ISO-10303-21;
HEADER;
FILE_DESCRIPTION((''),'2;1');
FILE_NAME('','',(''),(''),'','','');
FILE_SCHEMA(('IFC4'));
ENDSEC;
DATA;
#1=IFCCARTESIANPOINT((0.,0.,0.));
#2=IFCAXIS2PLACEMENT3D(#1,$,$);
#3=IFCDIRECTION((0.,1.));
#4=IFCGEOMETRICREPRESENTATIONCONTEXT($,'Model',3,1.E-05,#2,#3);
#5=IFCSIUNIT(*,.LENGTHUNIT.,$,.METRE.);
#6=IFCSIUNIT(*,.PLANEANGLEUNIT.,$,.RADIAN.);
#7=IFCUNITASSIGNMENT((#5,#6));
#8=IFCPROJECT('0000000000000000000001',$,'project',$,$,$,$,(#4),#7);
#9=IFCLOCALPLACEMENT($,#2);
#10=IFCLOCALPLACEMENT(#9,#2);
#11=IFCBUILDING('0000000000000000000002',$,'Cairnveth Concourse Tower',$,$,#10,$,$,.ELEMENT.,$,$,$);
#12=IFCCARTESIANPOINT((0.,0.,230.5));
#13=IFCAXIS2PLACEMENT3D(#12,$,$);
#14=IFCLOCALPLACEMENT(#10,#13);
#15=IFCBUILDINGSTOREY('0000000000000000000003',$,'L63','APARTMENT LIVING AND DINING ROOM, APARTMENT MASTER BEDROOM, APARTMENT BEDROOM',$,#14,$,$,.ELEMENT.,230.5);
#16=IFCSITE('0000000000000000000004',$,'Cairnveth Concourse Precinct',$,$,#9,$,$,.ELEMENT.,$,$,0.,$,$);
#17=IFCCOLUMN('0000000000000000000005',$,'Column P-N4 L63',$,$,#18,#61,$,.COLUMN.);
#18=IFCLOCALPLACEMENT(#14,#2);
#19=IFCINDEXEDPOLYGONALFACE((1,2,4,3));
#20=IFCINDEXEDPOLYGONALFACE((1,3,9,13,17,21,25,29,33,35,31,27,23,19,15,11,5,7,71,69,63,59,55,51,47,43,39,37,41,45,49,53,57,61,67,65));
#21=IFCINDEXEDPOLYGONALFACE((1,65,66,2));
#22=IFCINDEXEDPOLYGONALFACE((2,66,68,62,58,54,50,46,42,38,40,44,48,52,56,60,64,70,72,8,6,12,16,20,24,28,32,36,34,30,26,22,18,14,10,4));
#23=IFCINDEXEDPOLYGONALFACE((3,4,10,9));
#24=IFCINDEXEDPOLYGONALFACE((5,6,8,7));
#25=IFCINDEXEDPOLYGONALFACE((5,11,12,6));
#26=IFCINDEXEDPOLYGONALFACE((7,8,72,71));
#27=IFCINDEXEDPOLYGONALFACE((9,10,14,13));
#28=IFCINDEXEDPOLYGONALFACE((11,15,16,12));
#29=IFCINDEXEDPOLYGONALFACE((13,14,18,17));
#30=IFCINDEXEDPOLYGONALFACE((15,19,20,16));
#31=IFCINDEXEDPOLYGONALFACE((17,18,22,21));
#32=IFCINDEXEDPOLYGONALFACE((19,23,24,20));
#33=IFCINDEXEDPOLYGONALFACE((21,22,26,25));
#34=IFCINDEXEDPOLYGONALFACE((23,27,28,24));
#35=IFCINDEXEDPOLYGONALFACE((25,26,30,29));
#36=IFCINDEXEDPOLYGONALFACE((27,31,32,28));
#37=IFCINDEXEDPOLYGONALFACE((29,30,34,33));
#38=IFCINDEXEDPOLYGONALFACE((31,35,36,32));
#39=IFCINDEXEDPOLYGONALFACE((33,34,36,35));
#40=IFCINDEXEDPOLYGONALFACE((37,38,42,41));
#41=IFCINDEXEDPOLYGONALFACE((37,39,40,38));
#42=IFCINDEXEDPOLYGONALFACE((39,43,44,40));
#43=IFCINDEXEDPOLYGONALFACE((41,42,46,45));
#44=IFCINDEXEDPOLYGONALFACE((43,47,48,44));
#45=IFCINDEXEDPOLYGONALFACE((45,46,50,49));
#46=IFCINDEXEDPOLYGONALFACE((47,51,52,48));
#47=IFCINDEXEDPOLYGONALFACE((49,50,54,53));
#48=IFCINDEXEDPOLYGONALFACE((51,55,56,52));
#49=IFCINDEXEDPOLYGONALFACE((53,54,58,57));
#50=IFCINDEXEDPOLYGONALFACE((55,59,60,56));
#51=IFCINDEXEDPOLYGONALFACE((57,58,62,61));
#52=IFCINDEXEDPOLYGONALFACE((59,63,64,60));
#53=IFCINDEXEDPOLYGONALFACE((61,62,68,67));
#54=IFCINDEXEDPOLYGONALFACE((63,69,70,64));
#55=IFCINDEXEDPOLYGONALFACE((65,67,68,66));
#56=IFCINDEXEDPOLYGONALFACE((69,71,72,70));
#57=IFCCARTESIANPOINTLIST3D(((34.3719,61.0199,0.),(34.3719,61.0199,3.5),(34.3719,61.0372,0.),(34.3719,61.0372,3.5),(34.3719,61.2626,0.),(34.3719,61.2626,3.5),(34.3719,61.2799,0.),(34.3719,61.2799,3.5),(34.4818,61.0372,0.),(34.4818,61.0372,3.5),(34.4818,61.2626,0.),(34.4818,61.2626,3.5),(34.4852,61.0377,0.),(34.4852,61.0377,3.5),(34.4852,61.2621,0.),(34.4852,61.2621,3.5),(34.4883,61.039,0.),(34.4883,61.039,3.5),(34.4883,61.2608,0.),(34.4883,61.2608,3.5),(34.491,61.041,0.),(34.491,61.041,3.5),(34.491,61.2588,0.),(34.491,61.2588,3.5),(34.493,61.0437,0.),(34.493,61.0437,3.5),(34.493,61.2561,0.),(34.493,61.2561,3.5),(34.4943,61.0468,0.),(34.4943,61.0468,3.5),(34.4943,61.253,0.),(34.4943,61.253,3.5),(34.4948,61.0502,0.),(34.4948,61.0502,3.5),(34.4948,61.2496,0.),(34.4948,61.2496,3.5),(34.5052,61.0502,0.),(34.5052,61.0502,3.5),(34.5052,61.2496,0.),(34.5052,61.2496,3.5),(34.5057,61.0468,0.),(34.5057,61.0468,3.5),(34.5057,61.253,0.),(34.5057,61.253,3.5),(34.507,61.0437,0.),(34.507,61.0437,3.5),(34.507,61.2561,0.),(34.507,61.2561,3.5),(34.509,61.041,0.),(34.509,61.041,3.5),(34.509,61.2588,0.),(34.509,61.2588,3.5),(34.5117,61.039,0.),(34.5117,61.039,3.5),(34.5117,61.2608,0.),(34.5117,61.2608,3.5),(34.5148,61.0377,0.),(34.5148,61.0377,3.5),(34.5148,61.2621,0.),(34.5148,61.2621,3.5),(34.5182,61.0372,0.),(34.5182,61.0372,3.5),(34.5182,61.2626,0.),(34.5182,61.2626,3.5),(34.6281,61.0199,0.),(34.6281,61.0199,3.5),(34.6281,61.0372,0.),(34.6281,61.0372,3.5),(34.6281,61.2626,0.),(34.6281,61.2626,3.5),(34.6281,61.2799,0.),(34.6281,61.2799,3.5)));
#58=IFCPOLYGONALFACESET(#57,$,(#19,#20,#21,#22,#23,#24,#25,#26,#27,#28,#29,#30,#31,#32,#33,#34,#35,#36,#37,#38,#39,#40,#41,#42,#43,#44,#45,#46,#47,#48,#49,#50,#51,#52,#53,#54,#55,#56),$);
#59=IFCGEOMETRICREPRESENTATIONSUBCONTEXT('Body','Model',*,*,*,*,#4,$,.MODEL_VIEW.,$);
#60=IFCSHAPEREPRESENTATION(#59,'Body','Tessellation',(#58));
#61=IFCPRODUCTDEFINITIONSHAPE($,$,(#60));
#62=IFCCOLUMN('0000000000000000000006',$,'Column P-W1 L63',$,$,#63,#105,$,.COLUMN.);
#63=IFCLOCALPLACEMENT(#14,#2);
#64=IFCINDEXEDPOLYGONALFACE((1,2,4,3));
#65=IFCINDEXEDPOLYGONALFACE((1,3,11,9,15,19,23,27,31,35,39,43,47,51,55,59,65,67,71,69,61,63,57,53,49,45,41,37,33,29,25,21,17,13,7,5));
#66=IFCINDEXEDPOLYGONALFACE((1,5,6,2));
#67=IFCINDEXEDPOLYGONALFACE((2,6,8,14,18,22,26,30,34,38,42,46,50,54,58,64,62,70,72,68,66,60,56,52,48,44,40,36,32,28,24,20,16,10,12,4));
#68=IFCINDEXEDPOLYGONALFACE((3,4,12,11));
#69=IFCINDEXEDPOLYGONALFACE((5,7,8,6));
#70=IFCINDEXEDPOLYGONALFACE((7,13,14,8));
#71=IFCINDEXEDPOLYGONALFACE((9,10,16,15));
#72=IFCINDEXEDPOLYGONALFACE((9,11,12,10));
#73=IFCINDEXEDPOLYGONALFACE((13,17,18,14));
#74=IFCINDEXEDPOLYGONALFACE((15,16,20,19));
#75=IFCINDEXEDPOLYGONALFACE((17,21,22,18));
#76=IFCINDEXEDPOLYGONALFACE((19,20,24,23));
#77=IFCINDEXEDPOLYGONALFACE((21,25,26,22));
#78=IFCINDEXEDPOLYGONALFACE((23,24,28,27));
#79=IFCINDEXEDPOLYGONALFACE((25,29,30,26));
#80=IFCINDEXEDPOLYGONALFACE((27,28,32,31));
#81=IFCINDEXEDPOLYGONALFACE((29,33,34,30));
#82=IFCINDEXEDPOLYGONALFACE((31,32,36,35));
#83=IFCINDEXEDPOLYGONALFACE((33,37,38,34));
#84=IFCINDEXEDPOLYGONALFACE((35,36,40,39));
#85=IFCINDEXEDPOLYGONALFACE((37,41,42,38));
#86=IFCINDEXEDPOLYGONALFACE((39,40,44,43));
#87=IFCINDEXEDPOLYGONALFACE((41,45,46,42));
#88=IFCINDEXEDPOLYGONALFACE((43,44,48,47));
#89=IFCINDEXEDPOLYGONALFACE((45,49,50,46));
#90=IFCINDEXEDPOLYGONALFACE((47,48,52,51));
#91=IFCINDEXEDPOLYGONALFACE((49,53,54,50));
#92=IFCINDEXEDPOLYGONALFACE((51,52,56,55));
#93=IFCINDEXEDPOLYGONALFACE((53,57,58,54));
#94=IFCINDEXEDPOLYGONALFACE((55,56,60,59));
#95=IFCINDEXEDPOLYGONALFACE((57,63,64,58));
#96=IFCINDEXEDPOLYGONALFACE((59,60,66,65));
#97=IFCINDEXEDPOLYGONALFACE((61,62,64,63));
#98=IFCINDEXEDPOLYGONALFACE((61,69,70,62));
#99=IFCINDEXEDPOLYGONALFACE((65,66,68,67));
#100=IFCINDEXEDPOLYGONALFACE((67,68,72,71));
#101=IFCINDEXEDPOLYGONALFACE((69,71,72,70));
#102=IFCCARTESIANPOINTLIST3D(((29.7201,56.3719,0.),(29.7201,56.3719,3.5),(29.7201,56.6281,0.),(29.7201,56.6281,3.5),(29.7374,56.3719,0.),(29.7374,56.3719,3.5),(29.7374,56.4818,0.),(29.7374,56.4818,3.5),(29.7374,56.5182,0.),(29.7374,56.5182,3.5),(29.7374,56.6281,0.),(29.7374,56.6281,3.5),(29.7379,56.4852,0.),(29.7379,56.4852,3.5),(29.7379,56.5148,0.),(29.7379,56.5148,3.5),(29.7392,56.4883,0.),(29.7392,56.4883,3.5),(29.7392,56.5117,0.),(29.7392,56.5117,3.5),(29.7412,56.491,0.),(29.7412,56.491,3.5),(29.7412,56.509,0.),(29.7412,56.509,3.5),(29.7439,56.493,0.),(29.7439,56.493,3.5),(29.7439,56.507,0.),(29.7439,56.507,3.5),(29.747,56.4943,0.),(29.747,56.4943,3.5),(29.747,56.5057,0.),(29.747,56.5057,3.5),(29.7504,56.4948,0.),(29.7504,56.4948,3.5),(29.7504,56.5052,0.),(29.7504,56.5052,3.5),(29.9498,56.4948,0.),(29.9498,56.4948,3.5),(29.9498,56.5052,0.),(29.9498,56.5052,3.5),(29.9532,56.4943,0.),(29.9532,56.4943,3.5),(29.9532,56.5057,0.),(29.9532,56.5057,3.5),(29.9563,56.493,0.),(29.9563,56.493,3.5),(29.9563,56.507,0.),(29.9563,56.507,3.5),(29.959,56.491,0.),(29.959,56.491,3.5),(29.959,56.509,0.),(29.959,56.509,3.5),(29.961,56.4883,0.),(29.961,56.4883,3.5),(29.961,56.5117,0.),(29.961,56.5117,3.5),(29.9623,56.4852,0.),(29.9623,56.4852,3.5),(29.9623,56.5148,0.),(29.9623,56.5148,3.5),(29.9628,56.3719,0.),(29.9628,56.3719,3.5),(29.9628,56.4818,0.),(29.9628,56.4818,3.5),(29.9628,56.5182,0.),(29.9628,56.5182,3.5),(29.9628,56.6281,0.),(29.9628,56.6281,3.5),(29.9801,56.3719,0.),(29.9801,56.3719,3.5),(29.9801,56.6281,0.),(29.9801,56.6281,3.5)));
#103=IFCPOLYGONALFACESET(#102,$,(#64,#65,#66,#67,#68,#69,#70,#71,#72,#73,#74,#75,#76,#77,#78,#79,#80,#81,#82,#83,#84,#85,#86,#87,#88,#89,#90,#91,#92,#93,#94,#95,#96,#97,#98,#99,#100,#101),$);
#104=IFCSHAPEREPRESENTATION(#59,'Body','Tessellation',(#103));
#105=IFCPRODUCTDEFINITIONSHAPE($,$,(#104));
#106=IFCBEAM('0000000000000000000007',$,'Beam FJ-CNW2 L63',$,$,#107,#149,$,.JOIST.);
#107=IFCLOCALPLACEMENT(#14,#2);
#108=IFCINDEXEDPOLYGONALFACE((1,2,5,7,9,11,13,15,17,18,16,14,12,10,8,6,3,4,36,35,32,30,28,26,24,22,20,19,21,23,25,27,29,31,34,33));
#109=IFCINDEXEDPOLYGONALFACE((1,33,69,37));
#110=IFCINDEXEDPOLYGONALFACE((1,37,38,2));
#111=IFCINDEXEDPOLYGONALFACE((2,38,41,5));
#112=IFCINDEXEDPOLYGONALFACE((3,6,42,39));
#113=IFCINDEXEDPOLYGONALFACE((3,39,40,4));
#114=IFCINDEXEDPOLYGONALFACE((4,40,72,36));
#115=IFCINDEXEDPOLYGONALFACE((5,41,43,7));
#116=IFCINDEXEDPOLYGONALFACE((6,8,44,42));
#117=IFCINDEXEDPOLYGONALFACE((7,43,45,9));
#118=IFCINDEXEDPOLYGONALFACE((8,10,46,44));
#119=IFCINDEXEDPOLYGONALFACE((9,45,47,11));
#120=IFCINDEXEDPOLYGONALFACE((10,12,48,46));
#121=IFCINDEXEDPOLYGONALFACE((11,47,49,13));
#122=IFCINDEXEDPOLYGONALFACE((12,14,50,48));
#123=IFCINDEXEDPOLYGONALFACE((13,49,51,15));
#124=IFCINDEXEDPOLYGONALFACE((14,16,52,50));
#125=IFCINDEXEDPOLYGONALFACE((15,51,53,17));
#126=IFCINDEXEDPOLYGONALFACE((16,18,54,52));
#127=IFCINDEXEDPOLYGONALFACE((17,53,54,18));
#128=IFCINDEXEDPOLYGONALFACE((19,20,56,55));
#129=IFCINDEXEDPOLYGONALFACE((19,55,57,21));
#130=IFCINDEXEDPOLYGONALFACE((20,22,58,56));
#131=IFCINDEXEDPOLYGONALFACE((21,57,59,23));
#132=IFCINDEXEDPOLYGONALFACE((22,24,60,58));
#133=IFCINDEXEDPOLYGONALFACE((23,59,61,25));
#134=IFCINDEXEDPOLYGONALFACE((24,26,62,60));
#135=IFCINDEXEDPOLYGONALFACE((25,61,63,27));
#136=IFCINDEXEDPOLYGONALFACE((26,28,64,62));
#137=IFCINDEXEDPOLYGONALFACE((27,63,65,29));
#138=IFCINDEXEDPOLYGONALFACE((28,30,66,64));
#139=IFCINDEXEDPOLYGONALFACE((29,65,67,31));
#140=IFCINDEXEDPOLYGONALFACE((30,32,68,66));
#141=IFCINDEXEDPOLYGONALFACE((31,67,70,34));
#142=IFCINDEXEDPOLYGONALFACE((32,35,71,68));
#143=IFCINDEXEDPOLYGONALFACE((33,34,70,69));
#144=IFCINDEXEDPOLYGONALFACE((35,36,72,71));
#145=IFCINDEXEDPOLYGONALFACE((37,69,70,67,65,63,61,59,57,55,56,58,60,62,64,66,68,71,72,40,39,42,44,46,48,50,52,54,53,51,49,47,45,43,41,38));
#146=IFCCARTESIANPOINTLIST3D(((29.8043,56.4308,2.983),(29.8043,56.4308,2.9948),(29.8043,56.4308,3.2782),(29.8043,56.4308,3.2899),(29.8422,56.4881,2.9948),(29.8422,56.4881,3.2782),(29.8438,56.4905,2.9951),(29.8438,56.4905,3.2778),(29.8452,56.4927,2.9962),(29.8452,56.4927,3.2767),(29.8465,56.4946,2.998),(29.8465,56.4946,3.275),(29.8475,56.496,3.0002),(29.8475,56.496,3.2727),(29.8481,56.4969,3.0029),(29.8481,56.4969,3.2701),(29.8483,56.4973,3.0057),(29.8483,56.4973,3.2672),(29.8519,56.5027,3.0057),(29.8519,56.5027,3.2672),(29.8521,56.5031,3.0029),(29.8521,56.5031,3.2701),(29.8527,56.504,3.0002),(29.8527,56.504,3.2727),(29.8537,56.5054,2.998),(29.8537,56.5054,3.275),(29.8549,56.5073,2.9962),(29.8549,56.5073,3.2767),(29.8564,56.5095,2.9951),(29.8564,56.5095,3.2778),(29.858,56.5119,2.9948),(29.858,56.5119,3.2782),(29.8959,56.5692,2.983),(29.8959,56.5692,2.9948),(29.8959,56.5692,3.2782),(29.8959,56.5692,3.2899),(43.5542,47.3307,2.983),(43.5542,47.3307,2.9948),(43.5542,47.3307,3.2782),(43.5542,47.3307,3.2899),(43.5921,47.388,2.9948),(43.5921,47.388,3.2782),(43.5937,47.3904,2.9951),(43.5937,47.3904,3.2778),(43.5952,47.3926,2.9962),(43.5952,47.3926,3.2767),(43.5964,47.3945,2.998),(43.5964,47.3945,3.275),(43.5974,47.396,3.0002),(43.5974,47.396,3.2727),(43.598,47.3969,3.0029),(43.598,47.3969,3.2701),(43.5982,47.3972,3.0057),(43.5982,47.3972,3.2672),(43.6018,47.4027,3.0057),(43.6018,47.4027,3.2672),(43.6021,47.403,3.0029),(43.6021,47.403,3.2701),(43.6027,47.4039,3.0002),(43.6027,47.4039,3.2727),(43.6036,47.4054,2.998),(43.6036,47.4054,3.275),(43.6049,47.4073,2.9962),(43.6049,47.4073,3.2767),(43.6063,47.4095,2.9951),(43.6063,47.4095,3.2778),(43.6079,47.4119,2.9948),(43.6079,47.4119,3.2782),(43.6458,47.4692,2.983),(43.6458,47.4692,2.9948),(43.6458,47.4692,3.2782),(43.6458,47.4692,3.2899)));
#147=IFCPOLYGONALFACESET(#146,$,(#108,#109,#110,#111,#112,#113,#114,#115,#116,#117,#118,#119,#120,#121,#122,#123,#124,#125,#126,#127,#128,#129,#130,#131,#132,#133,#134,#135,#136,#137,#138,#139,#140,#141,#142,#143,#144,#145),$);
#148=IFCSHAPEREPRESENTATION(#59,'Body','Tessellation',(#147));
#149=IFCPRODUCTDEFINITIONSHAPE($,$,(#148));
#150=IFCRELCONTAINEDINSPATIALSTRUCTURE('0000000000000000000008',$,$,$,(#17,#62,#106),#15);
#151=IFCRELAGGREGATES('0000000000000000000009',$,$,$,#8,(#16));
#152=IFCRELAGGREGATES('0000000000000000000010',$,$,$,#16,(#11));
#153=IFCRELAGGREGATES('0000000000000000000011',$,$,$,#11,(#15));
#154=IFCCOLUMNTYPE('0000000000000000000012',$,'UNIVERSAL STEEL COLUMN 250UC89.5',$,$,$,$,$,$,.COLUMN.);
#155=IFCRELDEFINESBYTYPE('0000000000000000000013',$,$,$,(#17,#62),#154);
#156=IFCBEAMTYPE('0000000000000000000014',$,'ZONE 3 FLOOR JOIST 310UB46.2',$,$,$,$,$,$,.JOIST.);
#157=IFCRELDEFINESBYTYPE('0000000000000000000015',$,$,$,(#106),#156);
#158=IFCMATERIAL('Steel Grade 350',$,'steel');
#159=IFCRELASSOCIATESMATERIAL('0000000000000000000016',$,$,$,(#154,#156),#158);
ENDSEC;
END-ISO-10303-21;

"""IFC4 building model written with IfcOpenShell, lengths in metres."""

from ifc_helpers import new_model, si_unit, direction, frame, origin, origin_2d, place, context, subcontext, project, spatial, i_section, extrude, material, material_profile, profile_set, type_object, element, save


model = new_model("IFC4")

# Units and contexts
model_context = context("Model", 3, precision=1e-05, world=origin(), true_north=direction((0.0, 1.0)))
body_context = subcontext(model_context, "Body", "Model", "MODEL_VIEW")
ifc_project = project(units=[si_unit("LENGTHUNIT", "METRE"), si_unit("PLANEANGLEUNIT", "RADIAN")], contexts=[model_context])

# Site, building, storey
site_placement = place(None, origin())
site = spatial("IfcSite", under=ifc_project, at=site_placement, Name="Cairnveth Concourse Precinct", CompositionType="ELEMENT", RefElevation=0.0)
building_placement = place(site_placement, origin())
building = spatial("IfcBuilding", under=site, at=building_placement, Name="Cairnveth Concourse Tower", CompositionType="ELEMENT")
storey_placement = place(building_placement, frame((0.0, 0.0, 230.5)))
storey = spatial("IfcBuildingStorey", under=building, at=storey_placement, Name="L63", Description="APARTMENT LIVING AND DINING ROOM, APARTMENT MASTER BEDROOM, APARTMENT BEDROOM", CompositionType="ELEMENT", Elevation=230.5)

# Columns
ifc_material_1 = material(Name="Steel Grade 350", Category="steel")
ifc_material_profile_1 = material_profile(ifc_material_1, i_section(OverallWidth=0.2561, OverallDepth=0.26, WebThickness=0.0105, FlangeThickness=0.0173, FilletRadius=0.0129, at=origin_2d()), Name="250UC89.5")
ifc_profile_set_1 = profile_set([ifc_material_profile_1], Name="Steel Grade 350")
column_type = type_object("IfcColumnType", Name="UNIVERSAL STEEL COLUMN 250UC89.5", PredefinedType="COLUMN", material=ifc_profile_set_1)
for number, where, z_axis, x_axis, name in (
    (1, (34.5, 61.1499, 0.0), (0.0, 0.0, 1.0), (1.0, 0.0, 0.0), "Column P-N4 L63"),
    (2, (29.8501, 56.5, 0.0), (0.0, 0.0, 1.0), (0.0, 1.0, 0.0), "Column P-W1 L63"),
):
    element("IfcColumn", number, at=place(storey_placement, frame(where, z_axis=z_axis, x_axis=x_axis)), inside=storey, type_object=column_type, Name=name, PredefinedType="COLUMN", context=body_context, shape_type="SweptSolid", body=[
        extrude(i_section(OverallWidth=0.2561, OverallDepth=0.26, WebThickness=0.0105, FlangeThickness=0.0173, FilletRadius=0.0129, at=origin_2d()), origin(), (0.0, 0.0, 1.0), 3.5),
    ])

# Beam
ifc_material_profile_2 = material_profile(ifc_material_1, i_section(OverallWidth=0.166, OverallDepth=0.3069, WebThickness=0.0066, FlangeThickness=0.0117, FilletRadius=0.011, at=origin_2d()), Name="310UB46.2")
ifc_profile_set_2 = profile_set([ifc_material_profile_2], Name="Steel Grade 350")
beam_type_1 = type_object("IfcBeamType", Name="ZONE 3 FLOOR JOIST 310UB46.2", PredefinedType="JOIST", material=ifc_profile_set_2)
beam_1_placement = place(storey_placement, frame((29.8501, 56.5, 3.1365), z_axis=(0.833909, -0.551902, 0.0), x_axis=(0.551902, 0.833909, 0.0)))
element("IfcBeam", 3, at=beam_1_placement, inside=storey, type_object=beam_type_1, Name="Beam FJ-CNW2 L63", PredefinedType="JOIST", context=body_context, shape_type="SweptSolid", body=[
    extrude(i_section(OverallWidth=0.166, OverallDepth=0.3069, WebThickness=0.0066, FlangeThickness=0.0117, FilletRadius=0.011, at=origin_2d()), origin(), (0.0, 0.0, 1.0), 16.4885),
])

save(model, "model.ifc")
